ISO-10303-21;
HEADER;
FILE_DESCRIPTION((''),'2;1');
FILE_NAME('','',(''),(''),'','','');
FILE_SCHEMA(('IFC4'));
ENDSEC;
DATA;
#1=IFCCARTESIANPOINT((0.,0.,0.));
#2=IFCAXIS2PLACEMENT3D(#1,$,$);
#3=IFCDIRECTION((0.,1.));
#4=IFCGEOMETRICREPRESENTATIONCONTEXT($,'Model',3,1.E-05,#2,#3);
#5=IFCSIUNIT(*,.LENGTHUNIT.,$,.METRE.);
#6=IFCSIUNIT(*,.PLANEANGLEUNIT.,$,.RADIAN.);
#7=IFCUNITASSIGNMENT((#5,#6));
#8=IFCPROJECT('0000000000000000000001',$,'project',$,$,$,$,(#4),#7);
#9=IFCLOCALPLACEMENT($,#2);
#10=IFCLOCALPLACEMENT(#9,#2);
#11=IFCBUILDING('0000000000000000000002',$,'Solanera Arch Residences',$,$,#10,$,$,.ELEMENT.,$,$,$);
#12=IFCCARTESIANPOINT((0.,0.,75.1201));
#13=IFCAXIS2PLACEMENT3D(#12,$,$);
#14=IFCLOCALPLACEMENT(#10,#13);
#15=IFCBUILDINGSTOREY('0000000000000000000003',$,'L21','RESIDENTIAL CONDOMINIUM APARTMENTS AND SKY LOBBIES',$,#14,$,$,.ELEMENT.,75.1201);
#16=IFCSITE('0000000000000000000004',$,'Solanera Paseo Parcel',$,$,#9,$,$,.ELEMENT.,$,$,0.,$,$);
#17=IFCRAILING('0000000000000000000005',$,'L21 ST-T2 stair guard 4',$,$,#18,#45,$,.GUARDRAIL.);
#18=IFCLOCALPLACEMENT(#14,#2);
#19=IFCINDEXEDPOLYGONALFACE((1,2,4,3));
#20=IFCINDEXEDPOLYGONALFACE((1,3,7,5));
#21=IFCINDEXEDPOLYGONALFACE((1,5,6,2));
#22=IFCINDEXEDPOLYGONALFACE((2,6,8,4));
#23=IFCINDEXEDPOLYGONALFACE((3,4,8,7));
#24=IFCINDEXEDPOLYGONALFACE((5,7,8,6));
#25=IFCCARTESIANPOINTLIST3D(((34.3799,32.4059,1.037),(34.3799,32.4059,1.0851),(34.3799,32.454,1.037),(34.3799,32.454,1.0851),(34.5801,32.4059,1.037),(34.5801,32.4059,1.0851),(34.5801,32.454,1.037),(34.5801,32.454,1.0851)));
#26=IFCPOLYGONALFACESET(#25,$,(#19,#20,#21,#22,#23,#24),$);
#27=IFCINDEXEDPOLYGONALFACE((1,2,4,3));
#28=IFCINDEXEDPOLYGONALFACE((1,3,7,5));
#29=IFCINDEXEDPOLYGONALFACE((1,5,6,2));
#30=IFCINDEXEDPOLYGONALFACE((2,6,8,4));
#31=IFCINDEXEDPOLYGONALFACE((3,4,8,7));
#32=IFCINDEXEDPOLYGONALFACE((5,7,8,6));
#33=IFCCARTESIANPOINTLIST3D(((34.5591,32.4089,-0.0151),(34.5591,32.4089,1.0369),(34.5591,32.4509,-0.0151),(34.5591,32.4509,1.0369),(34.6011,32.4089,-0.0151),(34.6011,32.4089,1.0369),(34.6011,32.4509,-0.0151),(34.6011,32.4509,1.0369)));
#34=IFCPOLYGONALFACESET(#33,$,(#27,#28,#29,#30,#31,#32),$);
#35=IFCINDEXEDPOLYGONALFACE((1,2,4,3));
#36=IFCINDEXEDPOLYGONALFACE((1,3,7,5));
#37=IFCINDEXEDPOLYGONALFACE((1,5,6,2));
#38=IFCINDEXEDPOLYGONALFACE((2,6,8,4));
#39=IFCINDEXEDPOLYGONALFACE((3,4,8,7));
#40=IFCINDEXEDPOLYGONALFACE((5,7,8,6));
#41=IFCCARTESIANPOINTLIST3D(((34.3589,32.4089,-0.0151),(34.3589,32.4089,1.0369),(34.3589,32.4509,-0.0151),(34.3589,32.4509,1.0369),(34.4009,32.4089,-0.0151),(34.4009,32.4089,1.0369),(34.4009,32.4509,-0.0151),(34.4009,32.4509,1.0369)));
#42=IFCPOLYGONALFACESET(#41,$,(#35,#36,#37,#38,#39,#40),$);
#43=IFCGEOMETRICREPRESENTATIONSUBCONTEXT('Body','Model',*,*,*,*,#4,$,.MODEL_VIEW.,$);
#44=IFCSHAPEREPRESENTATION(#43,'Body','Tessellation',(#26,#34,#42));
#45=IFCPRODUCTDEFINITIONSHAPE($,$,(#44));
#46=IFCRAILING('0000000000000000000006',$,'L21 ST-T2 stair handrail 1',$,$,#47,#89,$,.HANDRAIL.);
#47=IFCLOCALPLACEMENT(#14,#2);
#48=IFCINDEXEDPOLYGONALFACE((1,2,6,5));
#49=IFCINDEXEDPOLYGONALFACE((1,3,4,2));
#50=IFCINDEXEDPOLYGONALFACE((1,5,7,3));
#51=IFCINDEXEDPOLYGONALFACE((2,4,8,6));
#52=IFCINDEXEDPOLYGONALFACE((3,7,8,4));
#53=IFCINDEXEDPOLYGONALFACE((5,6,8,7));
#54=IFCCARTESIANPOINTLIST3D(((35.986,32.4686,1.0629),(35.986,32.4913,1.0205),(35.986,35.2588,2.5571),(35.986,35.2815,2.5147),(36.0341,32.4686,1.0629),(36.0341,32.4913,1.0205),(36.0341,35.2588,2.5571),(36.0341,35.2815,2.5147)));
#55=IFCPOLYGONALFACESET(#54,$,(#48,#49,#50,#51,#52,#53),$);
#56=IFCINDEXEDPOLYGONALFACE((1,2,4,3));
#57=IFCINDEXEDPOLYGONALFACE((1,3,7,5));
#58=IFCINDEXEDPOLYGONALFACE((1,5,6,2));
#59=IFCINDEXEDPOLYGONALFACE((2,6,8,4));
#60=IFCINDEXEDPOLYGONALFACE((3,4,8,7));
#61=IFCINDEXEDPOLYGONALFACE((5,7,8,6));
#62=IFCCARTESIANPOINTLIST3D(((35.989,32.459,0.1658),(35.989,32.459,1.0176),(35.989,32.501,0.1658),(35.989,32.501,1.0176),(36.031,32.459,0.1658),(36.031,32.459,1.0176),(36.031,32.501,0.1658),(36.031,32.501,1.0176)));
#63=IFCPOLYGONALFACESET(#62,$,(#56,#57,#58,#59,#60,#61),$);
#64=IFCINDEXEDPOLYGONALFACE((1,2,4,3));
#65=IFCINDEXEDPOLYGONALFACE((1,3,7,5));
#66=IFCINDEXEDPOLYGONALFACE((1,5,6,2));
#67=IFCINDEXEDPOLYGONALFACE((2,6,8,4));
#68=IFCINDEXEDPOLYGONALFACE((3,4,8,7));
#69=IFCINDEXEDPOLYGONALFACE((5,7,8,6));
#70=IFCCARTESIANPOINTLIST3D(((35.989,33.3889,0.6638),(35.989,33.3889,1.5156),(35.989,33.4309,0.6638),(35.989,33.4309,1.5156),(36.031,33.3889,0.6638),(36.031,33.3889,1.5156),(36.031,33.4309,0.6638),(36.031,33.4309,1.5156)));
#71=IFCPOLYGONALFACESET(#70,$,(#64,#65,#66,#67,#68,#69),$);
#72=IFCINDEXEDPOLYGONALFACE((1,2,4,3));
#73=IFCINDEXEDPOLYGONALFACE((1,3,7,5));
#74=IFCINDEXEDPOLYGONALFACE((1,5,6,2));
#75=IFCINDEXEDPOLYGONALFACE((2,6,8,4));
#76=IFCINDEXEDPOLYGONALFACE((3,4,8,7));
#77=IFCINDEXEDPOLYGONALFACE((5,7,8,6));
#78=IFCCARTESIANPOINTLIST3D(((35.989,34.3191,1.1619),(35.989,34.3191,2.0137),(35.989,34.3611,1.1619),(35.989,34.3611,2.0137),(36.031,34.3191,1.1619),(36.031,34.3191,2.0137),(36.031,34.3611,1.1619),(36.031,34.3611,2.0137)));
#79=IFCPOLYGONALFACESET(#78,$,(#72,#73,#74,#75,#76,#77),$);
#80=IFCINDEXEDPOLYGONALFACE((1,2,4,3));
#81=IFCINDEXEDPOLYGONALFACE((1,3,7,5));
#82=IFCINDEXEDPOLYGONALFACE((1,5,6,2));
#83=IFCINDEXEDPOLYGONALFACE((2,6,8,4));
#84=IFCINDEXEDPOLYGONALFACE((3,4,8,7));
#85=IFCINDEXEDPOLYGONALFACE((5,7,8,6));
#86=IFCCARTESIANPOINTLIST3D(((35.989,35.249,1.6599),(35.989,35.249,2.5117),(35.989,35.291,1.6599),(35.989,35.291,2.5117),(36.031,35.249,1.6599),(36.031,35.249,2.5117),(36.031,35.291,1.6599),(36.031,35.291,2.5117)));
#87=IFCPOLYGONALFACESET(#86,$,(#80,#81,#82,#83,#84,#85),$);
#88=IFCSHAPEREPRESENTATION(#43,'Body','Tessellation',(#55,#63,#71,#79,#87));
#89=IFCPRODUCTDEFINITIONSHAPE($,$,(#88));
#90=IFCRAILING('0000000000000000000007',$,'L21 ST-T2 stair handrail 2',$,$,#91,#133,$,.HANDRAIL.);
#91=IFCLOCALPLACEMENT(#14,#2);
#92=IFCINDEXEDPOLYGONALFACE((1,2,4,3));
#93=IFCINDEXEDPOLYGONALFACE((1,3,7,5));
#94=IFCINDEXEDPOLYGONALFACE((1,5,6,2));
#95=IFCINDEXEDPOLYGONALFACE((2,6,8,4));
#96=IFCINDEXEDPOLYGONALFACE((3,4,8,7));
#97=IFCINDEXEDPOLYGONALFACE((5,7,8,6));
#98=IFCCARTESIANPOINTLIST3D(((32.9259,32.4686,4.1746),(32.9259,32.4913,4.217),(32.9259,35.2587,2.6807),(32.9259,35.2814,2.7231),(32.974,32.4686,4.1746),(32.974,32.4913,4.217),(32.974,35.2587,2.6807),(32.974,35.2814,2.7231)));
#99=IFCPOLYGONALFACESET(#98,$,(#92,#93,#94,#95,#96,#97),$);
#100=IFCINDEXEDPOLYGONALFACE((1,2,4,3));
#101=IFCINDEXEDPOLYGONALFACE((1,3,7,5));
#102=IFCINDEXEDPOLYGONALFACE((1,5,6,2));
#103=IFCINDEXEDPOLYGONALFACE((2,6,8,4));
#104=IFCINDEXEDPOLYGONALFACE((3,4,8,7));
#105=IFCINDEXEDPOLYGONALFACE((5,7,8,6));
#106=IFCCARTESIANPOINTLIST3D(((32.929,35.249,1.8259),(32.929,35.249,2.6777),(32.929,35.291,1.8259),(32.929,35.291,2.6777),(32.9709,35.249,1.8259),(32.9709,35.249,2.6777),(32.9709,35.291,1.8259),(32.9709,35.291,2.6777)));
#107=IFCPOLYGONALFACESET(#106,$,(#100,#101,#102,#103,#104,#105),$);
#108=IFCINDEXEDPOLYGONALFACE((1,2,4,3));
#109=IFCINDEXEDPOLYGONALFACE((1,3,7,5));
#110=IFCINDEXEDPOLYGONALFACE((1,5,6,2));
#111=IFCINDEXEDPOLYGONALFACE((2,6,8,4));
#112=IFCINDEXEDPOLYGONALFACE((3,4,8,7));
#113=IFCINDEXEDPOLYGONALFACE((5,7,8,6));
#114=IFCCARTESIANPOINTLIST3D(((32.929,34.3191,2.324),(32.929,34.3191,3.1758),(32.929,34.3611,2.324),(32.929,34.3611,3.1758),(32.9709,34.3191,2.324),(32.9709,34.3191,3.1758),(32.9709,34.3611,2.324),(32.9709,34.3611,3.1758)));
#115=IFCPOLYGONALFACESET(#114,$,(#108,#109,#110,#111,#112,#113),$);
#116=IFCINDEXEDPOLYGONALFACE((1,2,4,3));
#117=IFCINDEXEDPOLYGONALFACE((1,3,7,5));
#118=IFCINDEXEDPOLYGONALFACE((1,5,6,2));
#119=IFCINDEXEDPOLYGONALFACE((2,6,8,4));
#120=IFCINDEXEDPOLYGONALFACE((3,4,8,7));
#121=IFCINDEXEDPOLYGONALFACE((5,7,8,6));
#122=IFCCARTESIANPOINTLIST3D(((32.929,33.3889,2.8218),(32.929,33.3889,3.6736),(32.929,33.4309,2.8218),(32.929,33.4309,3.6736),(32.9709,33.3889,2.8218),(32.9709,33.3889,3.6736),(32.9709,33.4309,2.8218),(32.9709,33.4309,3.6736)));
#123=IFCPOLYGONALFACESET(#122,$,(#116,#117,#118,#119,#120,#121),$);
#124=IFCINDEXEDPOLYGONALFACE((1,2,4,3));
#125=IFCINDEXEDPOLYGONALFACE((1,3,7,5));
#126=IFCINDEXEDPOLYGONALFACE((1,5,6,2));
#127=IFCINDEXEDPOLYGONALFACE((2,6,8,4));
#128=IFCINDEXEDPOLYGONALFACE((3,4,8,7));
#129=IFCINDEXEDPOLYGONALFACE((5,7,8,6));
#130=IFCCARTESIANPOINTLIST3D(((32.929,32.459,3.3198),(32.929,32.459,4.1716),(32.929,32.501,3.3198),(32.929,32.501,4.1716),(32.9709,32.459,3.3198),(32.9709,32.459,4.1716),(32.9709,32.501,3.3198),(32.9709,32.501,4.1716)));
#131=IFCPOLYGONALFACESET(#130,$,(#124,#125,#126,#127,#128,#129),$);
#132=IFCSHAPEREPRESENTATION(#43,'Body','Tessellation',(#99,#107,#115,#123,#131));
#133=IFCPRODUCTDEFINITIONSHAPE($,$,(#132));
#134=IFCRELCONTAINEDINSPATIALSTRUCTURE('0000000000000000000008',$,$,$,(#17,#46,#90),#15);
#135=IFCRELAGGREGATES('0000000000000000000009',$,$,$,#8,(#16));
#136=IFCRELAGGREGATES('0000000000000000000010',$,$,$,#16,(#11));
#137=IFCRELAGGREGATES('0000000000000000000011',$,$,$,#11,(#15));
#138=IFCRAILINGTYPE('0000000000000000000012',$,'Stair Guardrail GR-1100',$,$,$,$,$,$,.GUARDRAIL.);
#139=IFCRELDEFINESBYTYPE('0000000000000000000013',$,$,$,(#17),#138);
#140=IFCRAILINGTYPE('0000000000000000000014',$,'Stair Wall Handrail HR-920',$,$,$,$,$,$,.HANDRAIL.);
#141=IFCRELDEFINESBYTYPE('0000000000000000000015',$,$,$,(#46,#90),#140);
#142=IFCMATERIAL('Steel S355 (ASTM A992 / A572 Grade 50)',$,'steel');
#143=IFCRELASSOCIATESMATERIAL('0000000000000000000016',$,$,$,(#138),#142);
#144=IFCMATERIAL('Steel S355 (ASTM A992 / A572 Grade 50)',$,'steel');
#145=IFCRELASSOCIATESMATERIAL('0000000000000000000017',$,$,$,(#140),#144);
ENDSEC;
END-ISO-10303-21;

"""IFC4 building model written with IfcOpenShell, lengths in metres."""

from ifc_helpers import new_model, si_unit, direction, frame, origin, origin_2d, place, context, subcontext, project, spatial, rectangle, extrude, material, type_object, element, save


model = new_model("IFC4")

# Units and contexts
model_context = context("Model", 3, precision=1e-05, world=origin(), true_north=direction((0.0, 1.0)))
body_context = subcontext(model_context, "Body", "Model", "MODEL_VIEW")
ifc_project = project(units=[si_unit("LENGTHUNIT", "METRE"), si_unit("PLANEANGLEUNIT", "RADIAN")], contexts=[model_context])

# Site, building, storey
site_placement = place(None, origin())
site = spatial("IfcSite", under=ifc_project, at=site_placement, Name="Solanera Paseo Parcel", CompositionType="ELEMENT", RefElevation=0.0)
building_placement = place(site_placement, origin())
building = spatial("IfcBuilding", under=site, at=building_placement, Name="Solanera Arch Residences", CompositionType="ELEMENT")
storey_placement = place(building_placement, frame((0.0, 0.0, 75.1201)))
storey = spatial("IfcBuildingStorey", under=building, at=storey_placement, Name="L21", Description="RESIDENTIAL CONDOMINIUM APARTMENTS AND SKY LOBBIES", CompositionType="ELEMENT", Elevation=75.1201)

# Railings
ifc_material_1 = material(Name="Steel S355 (ASTM A992 / A572 Grade 50)", Category="steel")
railing_type_1 = type_object("IfcRailingType", Name="Stair Guardrail GR-1100", PredefinedType="GUARDRAIL", material=ifc_material_1)
railing_1_placement = place(storey_placement, frame((34.5801, 32.4299, -0.0151)))
element("IfcRailing", 1, at=railing_1_placement, inside=storey, type_object=railing_type_1, Name="L21 ST-T2 stair guard 4", PredefinedType="GUARDRAIL", context=body_context, shape_type="SweptSolid", body=[
    extrude(rectangle(XDim=0.0481, YDim=0.0481, at=origin_2d()), frame((0.0, 0.0, 1.0762), z_axis=(-1.0, 0.0, 0.0), x_axis=(0.0, -1.0, 0.0)), (0.0, 0.0, 1.0), 0.2002),
    extrude(rectangle(XDim=0.042, YDim=0.042, at=origin_2d()), origin(), (0.0, 0.0, 1.0), 1.052),
    extrude(rectangle(XDim=0.042, YDim=0.042, at=origin_2d()), frame((-0.2002, 0.0, 0.0)), (0.0, 0.0, 1.0), 1.052),
])
ifc_material_2 = material(Name="Steel S355 (ASTM A992 / A572 Grade 50)", Category="steel")
railing_type_2 = type_object("IfcRailingType", Name="Stair Wall Handrail HR-920", PredefinedType="HANDRAIL", material=ifc_material_2)
railing_2_placement = place(storey_placement, frame((36.01, 32.48, 0.1658)))
element("IfcRailing", 2, at=railing_2_placement, inside=storey, type_object=railing_type_2, Name="L21 ST-T2 stair handrail 1", PredefinedType="HANDRAIL", context=body_context, shape_type="SweptSolid", body=[
    extrude(rectangle(XDim=0.0481, YDim=0.0481, at=origin_2d()), frame((0.0, 0.0, 0.876), z_axis=(0.0, 0.881549, 0.472093), x_axis=(-1.0, 0.0, 0.0)), (0.0, 0.0, 1.0), 3.165),
    extrude(rectangle(XDim=0.042, YDim=0.042, at=origin_2d()), origin(), (0.0, 0.0, 1.0), 0.8518),
    extrude(rectangle(XDim=0.042, YDim=0.042, at=origin_2d()), frame((0.0, 0.9299, 0.498)), (0.0, 0.0, 1.0), 0.8518),
    extrude(rectangle(XDim=0.042, YDim=0.042, at=origin_2d()), frame((0.0, 1.8601, 0.9961)), (0.0, 0.0, 1.0), 0.8518),
    extrude(rectangle(XDim=0.042, YDim=0.042, at=origin_2d()), frame((0.0, 2.79, 1.4941)), (0.0, 0.0, 1.0), 0.8518),
])
railing_3_placement = place(storey_placement, frame((32.95, 35.27, 1.8259)))
element("IfcRailing", 3, at=railing_3_placement, inside=storey, type_object=railing_type_2, Name="L21 ST-T2 stair handrail 2", PredefinedType="HANDRAIL", context=body_context, shape_type="SweptSolid", body=[
    extrude(rectangle(XDim=0.0481, YDim=0.0481, at=origin_2d()), frame((0.0, 0.0, 0.876), z_axis=(0.0, -0.881581, 0.472033), x_axis=(1.0, 0.0, 0.0)), (0.0, 0.0, 1.0), 3.1648),
    extrude(rectangle(XDim=0.042, YDim=0.042, at=origin_2d()), origin(), (0.0, 0.0, 1.0), 0.8518),
    extrude(rectangle(XDim=0.042, YDim=0.042, at=origin_2d()), frame((0.0, -0.9299, 0.498)), (0.0, 0.0, 1.0), 0.8518),
    extrude(rectangle(XDim=0.042, YDim=0.042, at=origin_2d()), frame((0.0, -1.8601, 0.9958)), (0.0, 0.0, 1.0), 0.8518),
    extrude(rectangle(XDim=0.042, YDim=0.042, at=origin_2d()), frame((0.0, -2.79, 1.4939)), (0.0, 0.0, 1.0), 0.8518),
])

save(model, "model.ifc")
